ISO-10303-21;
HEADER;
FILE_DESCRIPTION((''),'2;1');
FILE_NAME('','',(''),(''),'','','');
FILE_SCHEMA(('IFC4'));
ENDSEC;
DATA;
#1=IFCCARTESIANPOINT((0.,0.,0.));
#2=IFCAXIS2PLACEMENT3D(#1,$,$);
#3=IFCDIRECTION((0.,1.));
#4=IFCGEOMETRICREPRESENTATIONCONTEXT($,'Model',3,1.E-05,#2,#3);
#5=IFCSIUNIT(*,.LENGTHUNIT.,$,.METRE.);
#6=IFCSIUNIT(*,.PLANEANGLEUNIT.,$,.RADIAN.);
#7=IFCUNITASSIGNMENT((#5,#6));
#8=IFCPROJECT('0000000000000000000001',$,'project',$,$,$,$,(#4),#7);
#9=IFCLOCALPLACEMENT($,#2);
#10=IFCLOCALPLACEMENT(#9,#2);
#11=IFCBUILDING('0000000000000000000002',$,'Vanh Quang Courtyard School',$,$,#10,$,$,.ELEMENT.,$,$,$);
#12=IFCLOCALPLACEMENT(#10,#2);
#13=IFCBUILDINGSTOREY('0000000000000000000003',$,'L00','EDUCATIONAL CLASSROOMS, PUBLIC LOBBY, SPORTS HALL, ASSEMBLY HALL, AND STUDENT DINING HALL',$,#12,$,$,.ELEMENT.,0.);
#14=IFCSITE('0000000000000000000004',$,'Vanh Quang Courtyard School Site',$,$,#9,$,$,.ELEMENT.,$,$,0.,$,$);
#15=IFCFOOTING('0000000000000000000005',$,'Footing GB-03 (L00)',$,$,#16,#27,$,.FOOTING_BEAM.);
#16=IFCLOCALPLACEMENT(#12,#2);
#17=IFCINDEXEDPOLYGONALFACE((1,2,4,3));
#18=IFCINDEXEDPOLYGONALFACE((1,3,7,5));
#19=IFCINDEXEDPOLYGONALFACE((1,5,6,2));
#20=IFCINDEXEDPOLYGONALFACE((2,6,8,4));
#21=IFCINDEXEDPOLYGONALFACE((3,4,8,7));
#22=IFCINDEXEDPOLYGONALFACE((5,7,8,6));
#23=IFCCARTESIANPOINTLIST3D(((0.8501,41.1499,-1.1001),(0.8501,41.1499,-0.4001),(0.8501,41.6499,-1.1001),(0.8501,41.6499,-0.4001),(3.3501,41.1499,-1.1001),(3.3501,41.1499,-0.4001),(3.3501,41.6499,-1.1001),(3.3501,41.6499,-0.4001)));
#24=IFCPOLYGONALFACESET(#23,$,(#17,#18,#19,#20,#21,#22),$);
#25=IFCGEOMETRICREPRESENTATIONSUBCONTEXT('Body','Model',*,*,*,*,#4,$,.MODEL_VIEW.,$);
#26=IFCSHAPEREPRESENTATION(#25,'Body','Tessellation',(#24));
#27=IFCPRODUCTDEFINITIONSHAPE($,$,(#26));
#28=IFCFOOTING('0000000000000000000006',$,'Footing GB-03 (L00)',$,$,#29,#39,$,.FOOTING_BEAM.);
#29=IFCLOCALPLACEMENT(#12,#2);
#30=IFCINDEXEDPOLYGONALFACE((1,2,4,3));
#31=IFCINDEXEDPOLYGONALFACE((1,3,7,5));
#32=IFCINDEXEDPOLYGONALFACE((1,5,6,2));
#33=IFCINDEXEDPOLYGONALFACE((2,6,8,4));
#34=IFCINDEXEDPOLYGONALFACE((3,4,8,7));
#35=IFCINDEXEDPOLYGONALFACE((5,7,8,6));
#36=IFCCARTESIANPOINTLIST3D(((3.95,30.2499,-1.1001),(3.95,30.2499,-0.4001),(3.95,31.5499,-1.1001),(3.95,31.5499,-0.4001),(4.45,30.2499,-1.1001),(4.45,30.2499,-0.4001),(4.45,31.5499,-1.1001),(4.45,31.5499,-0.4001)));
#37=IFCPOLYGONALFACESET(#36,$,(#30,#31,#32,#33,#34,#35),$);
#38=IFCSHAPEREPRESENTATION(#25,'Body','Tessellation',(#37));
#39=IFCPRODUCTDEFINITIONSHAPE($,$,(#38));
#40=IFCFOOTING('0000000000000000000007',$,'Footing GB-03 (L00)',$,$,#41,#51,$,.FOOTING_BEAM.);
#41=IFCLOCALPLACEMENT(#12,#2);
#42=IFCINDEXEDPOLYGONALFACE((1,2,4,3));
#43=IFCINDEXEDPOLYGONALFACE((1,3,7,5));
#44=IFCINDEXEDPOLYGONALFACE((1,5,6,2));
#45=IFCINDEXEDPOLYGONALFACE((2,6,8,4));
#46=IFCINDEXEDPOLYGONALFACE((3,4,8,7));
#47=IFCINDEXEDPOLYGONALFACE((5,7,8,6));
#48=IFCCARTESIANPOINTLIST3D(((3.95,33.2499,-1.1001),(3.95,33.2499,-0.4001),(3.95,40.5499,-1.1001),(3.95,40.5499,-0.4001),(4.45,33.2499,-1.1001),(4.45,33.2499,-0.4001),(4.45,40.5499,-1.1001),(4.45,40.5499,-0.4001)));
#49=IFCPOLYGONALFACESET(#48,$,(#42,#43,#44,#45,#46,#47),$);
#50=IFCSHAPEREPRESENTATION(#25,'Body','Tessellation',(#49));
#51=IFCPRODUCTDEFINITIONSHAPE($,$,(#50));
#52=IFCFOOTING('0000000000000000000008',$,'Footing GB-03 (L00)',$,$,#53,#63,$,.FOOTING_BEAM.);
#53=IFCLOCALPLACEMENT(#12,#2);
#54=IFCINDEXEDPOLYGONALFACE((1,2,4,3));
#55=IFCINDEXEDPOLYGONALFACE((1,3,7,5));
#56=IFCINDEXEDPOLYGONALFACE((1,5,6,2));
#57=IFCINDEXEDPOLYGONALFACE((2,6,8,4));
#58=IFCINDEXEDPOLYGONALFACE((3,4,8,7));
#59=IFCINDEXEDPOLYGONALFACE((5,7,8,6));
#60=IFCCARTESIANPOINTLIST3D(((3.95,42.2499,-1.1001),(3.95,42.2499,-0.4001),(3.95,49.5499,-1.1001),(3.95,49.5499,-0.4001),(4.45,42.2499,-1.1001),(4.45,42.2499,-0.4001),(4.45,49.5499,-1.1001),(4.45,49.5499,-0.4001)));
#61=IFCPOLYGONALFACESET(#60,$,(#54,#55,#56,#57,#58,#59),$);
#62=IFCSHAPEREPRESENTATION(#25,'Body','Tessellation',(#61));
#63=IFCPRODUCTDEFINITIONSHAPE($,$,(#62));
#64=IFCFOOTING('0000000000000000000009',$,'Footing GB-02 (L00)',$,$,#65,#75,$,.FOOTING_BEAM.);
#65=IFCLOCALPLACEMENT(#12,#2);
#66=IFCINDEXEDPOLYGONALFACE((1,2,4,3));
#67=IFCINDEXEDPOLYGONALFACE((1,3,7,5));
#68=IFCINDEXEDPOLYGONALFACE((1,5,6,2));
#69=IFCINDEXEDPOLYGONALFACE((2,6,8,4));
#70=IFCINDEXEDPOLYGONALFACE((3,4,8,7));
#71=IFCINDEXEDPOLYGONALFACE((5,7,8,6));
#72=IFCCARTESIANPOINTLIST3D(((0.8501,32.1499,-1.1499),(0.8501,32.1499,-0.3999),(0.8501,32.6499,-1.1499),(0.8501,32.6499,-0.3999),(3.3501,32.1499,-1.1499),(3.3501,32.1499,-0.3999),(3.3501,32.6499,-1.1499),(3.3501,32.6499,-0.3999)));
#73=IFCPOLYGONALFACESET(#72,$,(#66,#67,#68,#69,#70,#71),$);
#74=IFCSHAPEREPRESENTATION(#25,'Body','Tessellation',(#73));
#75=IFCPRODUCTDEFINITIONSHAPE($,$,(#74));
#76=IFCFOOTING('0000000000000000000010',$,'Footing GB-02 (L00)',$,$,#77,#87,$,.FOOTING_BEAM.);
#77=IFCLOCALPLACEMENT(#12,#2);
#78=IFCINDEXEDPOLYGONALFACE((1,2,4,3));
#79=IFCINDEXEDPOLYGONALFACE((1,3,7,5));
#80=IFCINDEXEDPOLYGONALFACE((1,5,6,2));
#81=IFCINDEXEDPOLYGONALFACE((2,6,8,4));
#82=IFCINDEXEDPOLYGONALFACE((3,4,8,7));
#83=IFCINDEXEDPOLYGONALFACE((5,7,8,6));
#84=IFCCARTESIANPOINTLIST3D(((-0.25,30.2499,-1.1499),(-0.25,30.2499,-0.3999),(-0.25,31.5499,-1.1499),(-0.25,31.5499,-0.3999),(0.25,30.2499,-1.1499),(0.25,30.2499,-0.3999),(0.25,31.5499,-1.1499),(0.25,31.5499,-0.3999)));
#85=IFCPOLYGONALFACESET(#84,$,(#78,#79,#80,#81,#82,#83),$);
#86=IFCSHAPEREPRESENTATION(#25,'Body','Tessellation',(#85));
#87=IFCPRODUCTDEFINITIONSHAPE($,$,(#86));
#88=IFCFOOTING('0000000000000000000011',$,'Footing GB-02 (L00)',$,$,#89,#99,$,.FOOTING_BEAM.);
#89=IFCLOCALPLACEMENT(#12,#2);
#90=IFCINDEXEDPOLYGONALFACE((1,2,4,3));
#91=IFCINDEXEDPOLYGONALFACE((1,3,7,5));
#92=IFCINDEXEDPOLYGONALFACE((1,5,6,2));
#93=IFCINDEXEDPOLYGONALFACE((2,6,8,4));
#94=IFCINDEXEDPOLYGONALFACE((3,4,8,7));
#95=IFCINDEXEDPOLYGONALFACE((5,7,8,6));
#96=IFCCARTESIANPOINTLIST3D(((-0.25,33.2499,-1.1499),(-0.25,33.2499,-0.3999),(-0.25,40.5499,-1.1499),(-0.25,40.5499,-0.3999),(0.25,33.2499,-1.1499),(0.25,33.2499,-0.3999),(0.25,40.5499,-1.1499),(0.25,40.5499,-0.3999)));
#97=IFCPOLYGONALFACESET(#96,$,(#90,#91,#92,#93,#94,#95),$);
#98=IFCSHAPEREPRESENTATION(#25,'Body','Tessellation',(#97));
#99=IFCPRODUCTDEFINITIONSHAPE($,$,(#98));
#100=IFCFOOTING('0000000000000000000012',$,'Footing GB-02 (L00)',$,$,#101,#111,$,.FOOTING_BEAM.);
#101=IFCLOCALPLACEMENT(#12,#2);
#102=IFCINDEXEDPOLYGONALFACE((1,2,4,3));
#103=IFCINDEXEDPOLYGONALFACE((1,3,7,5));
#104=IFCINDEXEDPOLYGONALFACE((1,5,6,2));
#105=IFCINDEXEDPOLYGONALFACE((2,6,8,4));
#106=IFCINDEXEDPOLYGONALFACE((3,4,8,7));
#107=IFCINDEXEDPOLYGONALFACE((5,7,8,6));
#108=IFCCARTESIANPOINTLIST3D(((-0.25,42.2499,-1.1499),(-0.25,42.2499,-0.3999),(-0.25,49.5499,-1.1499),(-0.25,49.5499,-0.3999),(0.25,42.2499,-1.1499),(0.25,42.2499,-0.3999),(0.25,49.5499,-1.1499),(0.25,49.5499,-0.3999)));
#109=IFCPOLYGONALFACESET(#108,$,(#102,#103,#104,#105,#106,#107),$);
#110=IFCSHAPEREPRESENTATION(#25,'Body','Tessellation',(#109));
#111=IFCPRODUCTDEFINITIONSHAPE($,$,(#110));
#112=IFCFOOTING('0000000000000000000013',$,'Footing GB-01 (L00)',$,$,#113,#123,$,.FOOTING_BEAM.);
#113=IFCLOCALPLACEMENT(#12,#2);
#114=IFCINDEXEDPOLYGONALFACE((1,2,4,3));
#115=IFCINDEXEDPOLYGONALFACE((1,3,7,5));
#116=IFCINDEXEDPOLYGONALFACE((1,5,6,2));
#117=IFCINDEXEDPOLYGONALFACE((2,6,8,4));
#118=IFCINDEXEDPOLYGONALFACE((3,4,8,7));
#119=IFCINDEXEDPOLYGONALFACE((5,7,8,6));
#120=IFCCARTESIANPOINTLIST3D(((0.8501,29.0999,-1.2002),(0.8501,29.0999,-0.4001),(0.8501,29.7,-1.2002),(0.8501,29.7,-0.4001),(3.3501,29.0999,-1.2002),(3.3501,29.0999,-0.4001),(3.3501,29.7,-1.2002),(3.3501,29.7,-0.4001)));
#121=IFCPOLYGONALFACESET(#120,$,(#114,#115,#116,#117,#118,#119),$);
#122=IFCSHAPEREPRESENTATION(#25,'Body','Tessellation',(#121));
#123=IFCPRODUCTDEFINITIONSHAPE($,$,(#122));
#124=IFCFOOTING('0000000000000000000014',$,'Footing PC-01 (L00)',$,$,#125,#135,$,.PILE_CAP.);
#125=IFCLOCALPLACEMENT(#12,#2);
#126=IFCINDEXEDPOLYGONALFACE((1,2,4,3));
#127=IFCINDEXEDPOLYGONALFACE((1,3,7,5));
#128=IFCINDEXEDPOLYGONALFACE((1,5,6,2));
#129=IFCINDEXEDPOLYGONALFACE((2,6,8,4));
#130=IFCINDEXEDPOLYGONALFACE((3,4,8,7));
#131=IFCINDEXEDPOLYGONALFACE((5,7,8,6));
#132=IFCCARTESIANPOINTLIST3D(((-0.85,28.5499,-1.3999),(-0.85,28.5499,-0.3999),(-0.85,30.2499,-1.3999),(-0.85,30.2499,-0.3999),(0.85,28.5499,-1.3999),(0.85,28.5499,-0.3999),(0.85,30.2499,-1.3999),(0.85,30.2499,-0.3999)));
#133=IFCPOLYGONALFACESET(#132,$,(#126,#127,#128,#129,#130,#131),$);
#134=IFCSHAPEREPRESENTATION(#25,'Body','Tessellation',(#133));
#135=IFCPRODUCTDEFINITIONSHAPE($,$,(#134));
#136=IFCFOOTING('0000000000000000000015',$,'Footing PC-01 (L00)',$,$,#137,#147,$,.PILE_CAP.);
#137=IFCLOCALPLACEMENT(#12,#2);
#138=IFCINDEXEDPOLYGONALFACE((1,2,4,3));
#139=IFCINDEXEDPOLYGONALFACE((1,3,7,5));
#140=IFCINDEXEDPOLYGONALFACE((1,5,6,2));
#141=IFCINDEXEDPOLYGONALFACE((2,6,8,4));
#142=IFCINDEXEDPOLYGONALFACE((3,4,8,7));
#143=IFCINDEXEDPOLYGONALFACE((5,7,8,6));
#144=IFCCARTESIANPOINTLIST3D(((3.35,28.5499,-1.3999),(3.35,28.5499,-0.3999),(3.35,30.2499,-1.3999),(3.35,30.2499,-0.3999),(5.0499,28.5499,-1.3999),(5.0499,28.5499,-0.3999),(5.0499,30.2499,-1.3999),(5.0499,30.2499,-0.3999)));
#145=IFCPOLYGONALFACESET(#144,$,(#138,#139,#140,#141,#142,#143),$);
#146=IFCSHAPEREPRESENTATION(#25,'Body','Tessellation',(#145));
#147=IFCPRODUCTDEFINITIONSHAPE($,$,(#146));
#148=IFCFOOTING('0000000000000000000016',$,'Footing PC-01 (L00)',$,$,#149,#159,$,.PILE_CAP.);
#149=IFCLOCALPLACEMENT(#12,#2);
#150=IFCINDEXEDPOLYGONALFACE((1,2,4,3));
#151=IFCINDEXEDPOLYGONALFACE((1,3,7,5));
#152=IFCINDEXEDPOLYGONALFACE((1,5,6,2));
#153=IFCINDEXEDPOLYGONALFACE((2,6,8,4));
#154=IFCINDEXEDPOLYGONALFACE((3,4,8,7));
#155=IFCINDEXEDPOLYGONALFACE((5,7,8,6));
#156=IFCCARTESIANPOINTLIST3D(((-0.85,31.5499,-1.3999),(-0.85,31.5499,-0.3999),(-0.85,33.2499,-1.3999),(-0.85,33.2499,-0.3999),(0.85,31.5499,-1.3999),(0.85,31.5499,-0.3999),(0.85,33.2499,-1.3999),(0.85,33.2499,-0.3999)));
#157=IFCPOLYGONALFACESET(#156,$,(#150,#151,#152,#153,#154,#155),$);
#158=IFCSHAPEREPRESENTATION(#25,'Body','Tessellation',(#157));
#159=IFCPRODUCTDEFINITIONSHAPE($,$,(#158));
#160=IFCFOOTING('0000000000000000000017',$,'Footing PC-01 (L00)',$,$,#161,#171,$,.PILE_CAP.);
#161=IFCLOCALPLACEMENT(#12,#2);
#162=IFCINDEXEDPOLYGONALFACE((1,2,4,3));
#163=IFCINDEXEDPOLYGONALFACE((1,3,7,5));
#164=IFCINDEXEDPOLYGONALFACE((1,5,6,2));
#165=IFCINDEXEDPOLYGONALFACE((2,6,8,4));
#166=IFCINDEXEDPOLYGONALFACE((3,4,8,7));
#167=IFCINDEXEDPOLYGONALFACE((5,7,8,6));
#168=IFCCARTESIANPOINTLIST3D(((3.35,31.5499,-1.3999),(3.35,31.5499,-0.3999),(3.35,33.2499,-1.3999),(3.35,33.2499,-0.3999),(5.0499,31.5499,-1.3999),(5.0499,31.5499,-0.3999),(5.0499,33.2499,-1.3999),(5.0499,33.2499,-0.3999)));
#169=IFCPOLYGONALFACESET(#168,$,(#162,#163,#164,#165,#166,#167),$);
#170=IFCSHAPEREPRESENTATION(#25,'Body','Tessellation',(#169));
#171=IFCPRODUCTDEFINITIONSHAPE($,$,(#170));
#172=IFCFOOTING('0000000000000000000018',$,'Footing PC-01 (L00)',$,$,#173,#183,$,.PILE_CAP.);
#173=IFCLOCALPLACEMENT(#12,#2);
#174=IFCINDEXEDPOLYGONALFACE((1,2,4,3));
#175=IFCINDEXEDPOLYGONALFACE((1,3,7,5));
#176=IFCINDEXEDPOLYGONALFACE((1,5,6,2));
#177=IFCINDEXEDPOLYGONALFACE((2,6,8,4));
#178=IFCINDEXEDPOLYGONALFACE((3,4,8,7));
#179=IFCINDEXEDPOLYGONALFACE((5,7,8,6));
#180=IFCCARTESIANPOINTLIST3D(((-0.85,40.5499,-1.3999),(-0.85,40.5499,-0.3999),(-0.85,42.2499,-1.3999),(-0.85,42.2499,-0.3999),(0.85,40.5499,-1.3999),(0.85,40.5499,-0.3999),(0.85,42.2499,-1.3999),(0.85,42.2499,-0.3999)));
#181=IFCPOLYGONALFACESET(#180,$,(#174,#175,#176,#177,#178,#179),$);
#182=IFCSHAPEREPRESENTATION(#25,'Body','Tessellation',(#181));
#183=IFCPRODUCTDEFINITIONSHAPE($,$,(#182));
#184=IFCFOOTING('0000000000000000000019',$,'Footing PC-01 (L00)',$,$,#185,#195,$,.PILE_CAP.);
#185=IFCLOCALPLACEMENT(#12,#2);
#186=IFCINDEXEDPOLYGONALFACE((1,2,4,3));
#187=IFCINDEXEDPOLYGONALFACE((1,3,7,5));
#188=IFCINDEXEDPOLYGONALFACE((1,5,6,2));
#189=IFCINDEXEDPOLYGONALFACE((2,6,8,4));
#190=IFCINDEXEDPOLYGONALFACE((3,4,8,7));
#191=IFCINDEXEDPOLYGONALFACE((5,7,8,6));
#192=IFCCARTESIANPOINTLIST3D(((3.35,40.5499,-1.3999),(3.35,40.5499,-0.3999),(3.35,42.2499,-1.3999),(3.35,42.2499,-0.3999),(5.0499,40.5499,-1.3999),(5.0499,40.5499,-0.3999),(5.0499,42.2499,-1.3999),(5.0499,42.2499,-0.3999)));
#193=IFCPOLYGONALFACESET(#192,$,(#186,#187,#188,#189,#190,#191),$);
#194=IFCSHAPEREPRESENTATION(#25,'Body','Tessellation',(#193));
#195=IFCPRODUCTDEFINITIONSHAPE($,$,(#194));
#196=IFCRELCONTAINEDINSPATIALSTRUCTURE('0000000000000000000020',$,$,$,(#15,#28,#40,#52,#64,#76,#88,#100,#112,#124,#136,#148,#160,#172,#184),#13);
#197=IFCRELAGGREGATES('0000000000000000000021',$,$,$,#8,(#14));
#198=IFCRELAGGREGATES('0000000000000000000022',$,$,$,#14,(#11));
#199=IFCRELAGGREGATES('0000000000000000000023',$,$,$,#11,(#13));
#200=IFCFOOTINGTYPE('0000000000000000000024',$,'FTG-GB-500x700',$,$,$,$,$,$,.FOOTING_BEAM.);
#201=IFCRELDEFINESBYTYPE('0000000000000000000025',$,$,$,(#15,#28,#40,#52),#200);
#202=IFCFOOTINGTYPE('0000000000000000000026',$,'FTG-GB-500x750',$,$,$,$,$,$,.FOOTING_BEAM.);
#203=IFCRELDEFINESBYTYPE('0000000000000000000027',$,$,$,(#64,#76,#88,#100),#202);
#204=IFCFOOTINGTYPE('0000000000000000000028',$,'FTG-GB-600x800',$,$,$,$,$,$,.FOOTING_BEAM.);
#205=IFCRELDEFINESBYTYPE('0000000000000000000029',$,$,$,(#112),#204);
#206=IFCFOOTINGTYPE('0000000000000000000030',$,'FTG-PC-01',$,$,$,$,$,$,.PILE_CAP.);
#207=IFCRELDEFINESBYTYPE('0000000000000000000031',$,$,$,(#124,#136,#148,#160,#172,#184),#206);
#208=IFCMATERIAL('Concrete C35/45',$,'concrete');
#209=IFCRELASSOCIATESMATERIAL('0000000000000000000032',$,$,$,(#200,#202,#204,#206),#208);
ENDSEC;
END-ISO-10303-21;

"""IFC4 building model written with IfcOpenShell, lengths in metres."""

from ifc_helpers import new_model, si_unit, direction, frame, origin, origin_2d, place, context, subcontext, project, spatial, rectangle, extrude, material, type_object, element, save


model = new_model("IFC4")

# Units and contexts
model_context = context("Model", 3, precision=1e-05, world=origin(), true_north=direction((0.0, 1.0)))
body_context = subcontext(model_context, "Body", "Model", "MODEL_VIEW")
ifc_project = project(units=[si_unit("LENGTHUNIT", "METRE"), si_unit("PLANEANGLEUNIT", "RADIAN")], contexts=[model_context])

# Site, building, storey
site_placement = place(None, origin())
site = spatial("IfcSite", under=ifc_project, at=site_placement, Name="Vanh Quang Courtyard School Site", CompositionType="ELEMENT", RefElevation=0.0)
building_placement = place(site_placement, origin())
building = spatial("IfcBuilding", under=site, at=building_placement, Name="Vanh Quang Courtyard School", CompositionType="ELEMENT")
storey_placement = place(building_placement, origin())
storey = spatial("IfcBuildingStorey", under=building, at=storey_placement, Name="L00", Description="EDUCATIONAL CLASSROOMS, PUBLIC LOBBY, SPORTS HALL, ASSEMBLY HALL, AND STUDENT DINING HALL", CompositionType="ELEMENT", Elevation=0.0)

# Footings
ifc_material_1 = material(Name="Concrete C35/45", Category="concrete")
footing_type_1 = type_object("IfcFootingType", Name="FTG-GB-500x700", PredefinedType="FOOTING_BEAM", material=ifc_material_1)
footing_1_placement = place(storey_placement, frame((2.1001, 41.3999, -1.1001), z_axis=(0.0, 0.0, 1.0), x_axis=(1.0, 0.0, 0.0)))
element("IfcFooting", 1, at=footing_1_placement, inside=storey, type_object=footing_type_1, Name="Footing GB-03 (L00)", PredefinedType="FOOTING_BEAM", context=body_context, shape_type="SweptSolid", body=[
    extrude(rectangle(XDim=2.5, YDim=0.5, at=origin_2d()), origin(), (0.0, 0.0, 1.0), 0.7),
])
footing_2_placement = place(storey_placement, frame((4.2, 30.8999, -1.1001), z_axis=(0.0, 0.0, 1.0), x_axis=(0.0, 1.0, 0.0)))
element("IfcFooting", 2, at=footing_2_placement, inside=storey, type_object=footing_type_1, Name="Footing GB-03 (L00)", PredefinedType="FOOTING_BEAM", context=body_context, shape_type="SweptSolid", body=[
    extrude(rectangle(XDim=1.3, YDim=0.5, at=origin_2d()), origin(), (0.0, 0.0, 1.0), 0.7),
])
for number, where, z_axis, x_axis, name in (
    (3, (4.2, 36.8999, -1.1001), (0.0, 0.0, 1.0), (0.0, 1.0, 0.0), "Footing GB-03 (L00)"),
    (4, (4.2, 45.8999, -1.1001), (0.0, 0.0, 1.0), (0.0, 1.0, 0.0), "Footing GB-03 (L00)"),
):
    element("IfcFooting", number, at=place(storey_placement, frame(where, z_axis=z_axis, x_axis=x_axis)), inside=storey, type_object=footing_type_1, Name=name, PredefinedType="FOOTING_BEAM", context=body_context, shape_type="SweptSolid", body=[
        extrude(rectangle(XDim=7.3, YDim=0.5, at=origin_2d()), origin(), (0.0, 0.0, 1.0), 0.7),
    ])
footing_type_2 = type_object("IfcFootingType", Name="FTG-GB-500x750", PredefinedType="FOOTING_BEAM", material=ifc_material_1)
footing_3_placement = place(storey_placement, frame((2.1001, 32.3999, -1.1499), z_axis=(0.0, 0.0, 1.0), x_axis=(1.0, 0.0, 0.0)))
element("IfcFooting", 5, at=footing_3_placement, inside=storey, type_object=footing_type_2, Name="Footing GB-02 (L00)", PredefinedType="FOOTING_BEAM", context=body_context, shape_type="SweptSolid", body=[
    extrude(rectangle(XDim=2.5, YDim=0.5, at=origin_2d()), origin(), (0.0, 0.0, 1.0), 0.75),
])
footing_4_placement = place(storey_placement, frame((0.0, 30.8999, -1.1499), z_axis=(0.0, 0.0, 1.0), x_axis=(0.0, 1.0, 0.0)))
element("IfcFooting", 6, at=footing_4_placement, inside=storey, type_object=footing_type_2, Name="Footing GB-02 (L00)", PredefinedType="FOOTING_BEAM", context=body_context, shape_type="SweptSolid", body=[
    extrude(rectangle(XDim=1.3, YDim=0.5, at=origin_2d()), origin(), (0.0, 0.0, 1.0), 0.75),
])
for number, where, z_axis, x_axis, name in (
    (7, (0.0, 36.8999, -1.1499), (0.0, 0.0, 1.0), (0.0, 1.0, 0.0), "Footing GB-02 (L00)"),
    (8, (0.0, 45.8999, -1.1499), (0.0, 0.0, 1.0), (0.0, 1.0, 0.0), "Footing GB-02 (L00)"),
):
    element("IfcFooting", number, at=place(storey_placement, frame(where, z_axis=z_axis, x_axis=x_axis)), inside=storey, type_object=footing_type_2, Name=name, PredefinedType="FOOTING_BEAM", context=body_context, shape_type="SweptSolid", body=[
        extrude(rectangle(XDim=7.3, YDim=0.5, at=origin_2d()), origin(), (0.0, 0.0, 1.0), 0.75),
    ])
footing_type_3 = type_object("IfcFootingType", Name="FTG-GB-600x800", PredefinedType="FOOTING_BEAM", material=ifc_material_1)
footing_5_placement = place(storey_placement, frame((2.1001, 29.3999, -1.2002), z_axis=(0.0, 0.0, 1.0), x_axis=(1.0, 0.0, 0.0)))
element("IfcFooting", 9, at=footing_5_placement, inside=storey, type_object=footing_type_3, Name="Footing GB-01 (L00)", PredefinedType="FOOTING_BEAM", context=body_context, shape_type="SweptSolid", body=[
    extrude(rectangle(XDim=2.5, YDim=0.6001, at=origin_2d()), origin(), (0.0, 0.0, 1.0), 0.8),
])
footing_type_4 = type_object("IfcFootingType", Name="FTG-PC-01", PredefinedType="PILE_CAP", material=ifc_material_1)
for number, where, z_axis, x_axis, name in (
    (10, (0.0, 29.3999, -1.3999), (0.0, 0.0, 1.0), (1.0, 0.0, 0.0), "Footing PC-01 (L00)"),
    (11, (4.2, 29.3999, -1.3999), (0.0, 0.0, 1.0), (1.0, 0.0, 0.0), "Footing PC-01 (L00)"),
    (12, (0.0, 32.3999, -1.3999), (0.0, 0.0, 1.0), (1.0, 0.0, 0.0), "Footing PC-01 (L00)"),
    (13, (4.2, 32.3999, -1.3999), (0.0, 0.0, 1.0), (1.0, 0.0, 0.0), "Footing PC-01 (L00)"),
    (14, (0.0, 41.3999, -1.3999), (0.0, 0.0, 1.0), (1.0, 0.0, 0.0), "Footing PC-01 (L00)"),
    (15, (4.2, 41.3999, -1.3999), (0.0, 0.0, 1.0), (1.0, 0.0, 0.0), "Footing PC-01 (L00)"),
):
    element("IfcFooting", number, at=place(storey_placement, frame(where, z_axis=z_axis, x_axis=x_axis)), inside=storey, type_object=footing_type_4, Name=name, PredefinedType="PILE_CAP", context=body_context, shape_type="SweptSolid", body=[
        extrude(rectangle(XDim=1.7, YDim=1.7, at=origin_2d()), origin(), (0.0, 0.0, 1.0), 1.0),
    ])

save(model, "model.ifc")
